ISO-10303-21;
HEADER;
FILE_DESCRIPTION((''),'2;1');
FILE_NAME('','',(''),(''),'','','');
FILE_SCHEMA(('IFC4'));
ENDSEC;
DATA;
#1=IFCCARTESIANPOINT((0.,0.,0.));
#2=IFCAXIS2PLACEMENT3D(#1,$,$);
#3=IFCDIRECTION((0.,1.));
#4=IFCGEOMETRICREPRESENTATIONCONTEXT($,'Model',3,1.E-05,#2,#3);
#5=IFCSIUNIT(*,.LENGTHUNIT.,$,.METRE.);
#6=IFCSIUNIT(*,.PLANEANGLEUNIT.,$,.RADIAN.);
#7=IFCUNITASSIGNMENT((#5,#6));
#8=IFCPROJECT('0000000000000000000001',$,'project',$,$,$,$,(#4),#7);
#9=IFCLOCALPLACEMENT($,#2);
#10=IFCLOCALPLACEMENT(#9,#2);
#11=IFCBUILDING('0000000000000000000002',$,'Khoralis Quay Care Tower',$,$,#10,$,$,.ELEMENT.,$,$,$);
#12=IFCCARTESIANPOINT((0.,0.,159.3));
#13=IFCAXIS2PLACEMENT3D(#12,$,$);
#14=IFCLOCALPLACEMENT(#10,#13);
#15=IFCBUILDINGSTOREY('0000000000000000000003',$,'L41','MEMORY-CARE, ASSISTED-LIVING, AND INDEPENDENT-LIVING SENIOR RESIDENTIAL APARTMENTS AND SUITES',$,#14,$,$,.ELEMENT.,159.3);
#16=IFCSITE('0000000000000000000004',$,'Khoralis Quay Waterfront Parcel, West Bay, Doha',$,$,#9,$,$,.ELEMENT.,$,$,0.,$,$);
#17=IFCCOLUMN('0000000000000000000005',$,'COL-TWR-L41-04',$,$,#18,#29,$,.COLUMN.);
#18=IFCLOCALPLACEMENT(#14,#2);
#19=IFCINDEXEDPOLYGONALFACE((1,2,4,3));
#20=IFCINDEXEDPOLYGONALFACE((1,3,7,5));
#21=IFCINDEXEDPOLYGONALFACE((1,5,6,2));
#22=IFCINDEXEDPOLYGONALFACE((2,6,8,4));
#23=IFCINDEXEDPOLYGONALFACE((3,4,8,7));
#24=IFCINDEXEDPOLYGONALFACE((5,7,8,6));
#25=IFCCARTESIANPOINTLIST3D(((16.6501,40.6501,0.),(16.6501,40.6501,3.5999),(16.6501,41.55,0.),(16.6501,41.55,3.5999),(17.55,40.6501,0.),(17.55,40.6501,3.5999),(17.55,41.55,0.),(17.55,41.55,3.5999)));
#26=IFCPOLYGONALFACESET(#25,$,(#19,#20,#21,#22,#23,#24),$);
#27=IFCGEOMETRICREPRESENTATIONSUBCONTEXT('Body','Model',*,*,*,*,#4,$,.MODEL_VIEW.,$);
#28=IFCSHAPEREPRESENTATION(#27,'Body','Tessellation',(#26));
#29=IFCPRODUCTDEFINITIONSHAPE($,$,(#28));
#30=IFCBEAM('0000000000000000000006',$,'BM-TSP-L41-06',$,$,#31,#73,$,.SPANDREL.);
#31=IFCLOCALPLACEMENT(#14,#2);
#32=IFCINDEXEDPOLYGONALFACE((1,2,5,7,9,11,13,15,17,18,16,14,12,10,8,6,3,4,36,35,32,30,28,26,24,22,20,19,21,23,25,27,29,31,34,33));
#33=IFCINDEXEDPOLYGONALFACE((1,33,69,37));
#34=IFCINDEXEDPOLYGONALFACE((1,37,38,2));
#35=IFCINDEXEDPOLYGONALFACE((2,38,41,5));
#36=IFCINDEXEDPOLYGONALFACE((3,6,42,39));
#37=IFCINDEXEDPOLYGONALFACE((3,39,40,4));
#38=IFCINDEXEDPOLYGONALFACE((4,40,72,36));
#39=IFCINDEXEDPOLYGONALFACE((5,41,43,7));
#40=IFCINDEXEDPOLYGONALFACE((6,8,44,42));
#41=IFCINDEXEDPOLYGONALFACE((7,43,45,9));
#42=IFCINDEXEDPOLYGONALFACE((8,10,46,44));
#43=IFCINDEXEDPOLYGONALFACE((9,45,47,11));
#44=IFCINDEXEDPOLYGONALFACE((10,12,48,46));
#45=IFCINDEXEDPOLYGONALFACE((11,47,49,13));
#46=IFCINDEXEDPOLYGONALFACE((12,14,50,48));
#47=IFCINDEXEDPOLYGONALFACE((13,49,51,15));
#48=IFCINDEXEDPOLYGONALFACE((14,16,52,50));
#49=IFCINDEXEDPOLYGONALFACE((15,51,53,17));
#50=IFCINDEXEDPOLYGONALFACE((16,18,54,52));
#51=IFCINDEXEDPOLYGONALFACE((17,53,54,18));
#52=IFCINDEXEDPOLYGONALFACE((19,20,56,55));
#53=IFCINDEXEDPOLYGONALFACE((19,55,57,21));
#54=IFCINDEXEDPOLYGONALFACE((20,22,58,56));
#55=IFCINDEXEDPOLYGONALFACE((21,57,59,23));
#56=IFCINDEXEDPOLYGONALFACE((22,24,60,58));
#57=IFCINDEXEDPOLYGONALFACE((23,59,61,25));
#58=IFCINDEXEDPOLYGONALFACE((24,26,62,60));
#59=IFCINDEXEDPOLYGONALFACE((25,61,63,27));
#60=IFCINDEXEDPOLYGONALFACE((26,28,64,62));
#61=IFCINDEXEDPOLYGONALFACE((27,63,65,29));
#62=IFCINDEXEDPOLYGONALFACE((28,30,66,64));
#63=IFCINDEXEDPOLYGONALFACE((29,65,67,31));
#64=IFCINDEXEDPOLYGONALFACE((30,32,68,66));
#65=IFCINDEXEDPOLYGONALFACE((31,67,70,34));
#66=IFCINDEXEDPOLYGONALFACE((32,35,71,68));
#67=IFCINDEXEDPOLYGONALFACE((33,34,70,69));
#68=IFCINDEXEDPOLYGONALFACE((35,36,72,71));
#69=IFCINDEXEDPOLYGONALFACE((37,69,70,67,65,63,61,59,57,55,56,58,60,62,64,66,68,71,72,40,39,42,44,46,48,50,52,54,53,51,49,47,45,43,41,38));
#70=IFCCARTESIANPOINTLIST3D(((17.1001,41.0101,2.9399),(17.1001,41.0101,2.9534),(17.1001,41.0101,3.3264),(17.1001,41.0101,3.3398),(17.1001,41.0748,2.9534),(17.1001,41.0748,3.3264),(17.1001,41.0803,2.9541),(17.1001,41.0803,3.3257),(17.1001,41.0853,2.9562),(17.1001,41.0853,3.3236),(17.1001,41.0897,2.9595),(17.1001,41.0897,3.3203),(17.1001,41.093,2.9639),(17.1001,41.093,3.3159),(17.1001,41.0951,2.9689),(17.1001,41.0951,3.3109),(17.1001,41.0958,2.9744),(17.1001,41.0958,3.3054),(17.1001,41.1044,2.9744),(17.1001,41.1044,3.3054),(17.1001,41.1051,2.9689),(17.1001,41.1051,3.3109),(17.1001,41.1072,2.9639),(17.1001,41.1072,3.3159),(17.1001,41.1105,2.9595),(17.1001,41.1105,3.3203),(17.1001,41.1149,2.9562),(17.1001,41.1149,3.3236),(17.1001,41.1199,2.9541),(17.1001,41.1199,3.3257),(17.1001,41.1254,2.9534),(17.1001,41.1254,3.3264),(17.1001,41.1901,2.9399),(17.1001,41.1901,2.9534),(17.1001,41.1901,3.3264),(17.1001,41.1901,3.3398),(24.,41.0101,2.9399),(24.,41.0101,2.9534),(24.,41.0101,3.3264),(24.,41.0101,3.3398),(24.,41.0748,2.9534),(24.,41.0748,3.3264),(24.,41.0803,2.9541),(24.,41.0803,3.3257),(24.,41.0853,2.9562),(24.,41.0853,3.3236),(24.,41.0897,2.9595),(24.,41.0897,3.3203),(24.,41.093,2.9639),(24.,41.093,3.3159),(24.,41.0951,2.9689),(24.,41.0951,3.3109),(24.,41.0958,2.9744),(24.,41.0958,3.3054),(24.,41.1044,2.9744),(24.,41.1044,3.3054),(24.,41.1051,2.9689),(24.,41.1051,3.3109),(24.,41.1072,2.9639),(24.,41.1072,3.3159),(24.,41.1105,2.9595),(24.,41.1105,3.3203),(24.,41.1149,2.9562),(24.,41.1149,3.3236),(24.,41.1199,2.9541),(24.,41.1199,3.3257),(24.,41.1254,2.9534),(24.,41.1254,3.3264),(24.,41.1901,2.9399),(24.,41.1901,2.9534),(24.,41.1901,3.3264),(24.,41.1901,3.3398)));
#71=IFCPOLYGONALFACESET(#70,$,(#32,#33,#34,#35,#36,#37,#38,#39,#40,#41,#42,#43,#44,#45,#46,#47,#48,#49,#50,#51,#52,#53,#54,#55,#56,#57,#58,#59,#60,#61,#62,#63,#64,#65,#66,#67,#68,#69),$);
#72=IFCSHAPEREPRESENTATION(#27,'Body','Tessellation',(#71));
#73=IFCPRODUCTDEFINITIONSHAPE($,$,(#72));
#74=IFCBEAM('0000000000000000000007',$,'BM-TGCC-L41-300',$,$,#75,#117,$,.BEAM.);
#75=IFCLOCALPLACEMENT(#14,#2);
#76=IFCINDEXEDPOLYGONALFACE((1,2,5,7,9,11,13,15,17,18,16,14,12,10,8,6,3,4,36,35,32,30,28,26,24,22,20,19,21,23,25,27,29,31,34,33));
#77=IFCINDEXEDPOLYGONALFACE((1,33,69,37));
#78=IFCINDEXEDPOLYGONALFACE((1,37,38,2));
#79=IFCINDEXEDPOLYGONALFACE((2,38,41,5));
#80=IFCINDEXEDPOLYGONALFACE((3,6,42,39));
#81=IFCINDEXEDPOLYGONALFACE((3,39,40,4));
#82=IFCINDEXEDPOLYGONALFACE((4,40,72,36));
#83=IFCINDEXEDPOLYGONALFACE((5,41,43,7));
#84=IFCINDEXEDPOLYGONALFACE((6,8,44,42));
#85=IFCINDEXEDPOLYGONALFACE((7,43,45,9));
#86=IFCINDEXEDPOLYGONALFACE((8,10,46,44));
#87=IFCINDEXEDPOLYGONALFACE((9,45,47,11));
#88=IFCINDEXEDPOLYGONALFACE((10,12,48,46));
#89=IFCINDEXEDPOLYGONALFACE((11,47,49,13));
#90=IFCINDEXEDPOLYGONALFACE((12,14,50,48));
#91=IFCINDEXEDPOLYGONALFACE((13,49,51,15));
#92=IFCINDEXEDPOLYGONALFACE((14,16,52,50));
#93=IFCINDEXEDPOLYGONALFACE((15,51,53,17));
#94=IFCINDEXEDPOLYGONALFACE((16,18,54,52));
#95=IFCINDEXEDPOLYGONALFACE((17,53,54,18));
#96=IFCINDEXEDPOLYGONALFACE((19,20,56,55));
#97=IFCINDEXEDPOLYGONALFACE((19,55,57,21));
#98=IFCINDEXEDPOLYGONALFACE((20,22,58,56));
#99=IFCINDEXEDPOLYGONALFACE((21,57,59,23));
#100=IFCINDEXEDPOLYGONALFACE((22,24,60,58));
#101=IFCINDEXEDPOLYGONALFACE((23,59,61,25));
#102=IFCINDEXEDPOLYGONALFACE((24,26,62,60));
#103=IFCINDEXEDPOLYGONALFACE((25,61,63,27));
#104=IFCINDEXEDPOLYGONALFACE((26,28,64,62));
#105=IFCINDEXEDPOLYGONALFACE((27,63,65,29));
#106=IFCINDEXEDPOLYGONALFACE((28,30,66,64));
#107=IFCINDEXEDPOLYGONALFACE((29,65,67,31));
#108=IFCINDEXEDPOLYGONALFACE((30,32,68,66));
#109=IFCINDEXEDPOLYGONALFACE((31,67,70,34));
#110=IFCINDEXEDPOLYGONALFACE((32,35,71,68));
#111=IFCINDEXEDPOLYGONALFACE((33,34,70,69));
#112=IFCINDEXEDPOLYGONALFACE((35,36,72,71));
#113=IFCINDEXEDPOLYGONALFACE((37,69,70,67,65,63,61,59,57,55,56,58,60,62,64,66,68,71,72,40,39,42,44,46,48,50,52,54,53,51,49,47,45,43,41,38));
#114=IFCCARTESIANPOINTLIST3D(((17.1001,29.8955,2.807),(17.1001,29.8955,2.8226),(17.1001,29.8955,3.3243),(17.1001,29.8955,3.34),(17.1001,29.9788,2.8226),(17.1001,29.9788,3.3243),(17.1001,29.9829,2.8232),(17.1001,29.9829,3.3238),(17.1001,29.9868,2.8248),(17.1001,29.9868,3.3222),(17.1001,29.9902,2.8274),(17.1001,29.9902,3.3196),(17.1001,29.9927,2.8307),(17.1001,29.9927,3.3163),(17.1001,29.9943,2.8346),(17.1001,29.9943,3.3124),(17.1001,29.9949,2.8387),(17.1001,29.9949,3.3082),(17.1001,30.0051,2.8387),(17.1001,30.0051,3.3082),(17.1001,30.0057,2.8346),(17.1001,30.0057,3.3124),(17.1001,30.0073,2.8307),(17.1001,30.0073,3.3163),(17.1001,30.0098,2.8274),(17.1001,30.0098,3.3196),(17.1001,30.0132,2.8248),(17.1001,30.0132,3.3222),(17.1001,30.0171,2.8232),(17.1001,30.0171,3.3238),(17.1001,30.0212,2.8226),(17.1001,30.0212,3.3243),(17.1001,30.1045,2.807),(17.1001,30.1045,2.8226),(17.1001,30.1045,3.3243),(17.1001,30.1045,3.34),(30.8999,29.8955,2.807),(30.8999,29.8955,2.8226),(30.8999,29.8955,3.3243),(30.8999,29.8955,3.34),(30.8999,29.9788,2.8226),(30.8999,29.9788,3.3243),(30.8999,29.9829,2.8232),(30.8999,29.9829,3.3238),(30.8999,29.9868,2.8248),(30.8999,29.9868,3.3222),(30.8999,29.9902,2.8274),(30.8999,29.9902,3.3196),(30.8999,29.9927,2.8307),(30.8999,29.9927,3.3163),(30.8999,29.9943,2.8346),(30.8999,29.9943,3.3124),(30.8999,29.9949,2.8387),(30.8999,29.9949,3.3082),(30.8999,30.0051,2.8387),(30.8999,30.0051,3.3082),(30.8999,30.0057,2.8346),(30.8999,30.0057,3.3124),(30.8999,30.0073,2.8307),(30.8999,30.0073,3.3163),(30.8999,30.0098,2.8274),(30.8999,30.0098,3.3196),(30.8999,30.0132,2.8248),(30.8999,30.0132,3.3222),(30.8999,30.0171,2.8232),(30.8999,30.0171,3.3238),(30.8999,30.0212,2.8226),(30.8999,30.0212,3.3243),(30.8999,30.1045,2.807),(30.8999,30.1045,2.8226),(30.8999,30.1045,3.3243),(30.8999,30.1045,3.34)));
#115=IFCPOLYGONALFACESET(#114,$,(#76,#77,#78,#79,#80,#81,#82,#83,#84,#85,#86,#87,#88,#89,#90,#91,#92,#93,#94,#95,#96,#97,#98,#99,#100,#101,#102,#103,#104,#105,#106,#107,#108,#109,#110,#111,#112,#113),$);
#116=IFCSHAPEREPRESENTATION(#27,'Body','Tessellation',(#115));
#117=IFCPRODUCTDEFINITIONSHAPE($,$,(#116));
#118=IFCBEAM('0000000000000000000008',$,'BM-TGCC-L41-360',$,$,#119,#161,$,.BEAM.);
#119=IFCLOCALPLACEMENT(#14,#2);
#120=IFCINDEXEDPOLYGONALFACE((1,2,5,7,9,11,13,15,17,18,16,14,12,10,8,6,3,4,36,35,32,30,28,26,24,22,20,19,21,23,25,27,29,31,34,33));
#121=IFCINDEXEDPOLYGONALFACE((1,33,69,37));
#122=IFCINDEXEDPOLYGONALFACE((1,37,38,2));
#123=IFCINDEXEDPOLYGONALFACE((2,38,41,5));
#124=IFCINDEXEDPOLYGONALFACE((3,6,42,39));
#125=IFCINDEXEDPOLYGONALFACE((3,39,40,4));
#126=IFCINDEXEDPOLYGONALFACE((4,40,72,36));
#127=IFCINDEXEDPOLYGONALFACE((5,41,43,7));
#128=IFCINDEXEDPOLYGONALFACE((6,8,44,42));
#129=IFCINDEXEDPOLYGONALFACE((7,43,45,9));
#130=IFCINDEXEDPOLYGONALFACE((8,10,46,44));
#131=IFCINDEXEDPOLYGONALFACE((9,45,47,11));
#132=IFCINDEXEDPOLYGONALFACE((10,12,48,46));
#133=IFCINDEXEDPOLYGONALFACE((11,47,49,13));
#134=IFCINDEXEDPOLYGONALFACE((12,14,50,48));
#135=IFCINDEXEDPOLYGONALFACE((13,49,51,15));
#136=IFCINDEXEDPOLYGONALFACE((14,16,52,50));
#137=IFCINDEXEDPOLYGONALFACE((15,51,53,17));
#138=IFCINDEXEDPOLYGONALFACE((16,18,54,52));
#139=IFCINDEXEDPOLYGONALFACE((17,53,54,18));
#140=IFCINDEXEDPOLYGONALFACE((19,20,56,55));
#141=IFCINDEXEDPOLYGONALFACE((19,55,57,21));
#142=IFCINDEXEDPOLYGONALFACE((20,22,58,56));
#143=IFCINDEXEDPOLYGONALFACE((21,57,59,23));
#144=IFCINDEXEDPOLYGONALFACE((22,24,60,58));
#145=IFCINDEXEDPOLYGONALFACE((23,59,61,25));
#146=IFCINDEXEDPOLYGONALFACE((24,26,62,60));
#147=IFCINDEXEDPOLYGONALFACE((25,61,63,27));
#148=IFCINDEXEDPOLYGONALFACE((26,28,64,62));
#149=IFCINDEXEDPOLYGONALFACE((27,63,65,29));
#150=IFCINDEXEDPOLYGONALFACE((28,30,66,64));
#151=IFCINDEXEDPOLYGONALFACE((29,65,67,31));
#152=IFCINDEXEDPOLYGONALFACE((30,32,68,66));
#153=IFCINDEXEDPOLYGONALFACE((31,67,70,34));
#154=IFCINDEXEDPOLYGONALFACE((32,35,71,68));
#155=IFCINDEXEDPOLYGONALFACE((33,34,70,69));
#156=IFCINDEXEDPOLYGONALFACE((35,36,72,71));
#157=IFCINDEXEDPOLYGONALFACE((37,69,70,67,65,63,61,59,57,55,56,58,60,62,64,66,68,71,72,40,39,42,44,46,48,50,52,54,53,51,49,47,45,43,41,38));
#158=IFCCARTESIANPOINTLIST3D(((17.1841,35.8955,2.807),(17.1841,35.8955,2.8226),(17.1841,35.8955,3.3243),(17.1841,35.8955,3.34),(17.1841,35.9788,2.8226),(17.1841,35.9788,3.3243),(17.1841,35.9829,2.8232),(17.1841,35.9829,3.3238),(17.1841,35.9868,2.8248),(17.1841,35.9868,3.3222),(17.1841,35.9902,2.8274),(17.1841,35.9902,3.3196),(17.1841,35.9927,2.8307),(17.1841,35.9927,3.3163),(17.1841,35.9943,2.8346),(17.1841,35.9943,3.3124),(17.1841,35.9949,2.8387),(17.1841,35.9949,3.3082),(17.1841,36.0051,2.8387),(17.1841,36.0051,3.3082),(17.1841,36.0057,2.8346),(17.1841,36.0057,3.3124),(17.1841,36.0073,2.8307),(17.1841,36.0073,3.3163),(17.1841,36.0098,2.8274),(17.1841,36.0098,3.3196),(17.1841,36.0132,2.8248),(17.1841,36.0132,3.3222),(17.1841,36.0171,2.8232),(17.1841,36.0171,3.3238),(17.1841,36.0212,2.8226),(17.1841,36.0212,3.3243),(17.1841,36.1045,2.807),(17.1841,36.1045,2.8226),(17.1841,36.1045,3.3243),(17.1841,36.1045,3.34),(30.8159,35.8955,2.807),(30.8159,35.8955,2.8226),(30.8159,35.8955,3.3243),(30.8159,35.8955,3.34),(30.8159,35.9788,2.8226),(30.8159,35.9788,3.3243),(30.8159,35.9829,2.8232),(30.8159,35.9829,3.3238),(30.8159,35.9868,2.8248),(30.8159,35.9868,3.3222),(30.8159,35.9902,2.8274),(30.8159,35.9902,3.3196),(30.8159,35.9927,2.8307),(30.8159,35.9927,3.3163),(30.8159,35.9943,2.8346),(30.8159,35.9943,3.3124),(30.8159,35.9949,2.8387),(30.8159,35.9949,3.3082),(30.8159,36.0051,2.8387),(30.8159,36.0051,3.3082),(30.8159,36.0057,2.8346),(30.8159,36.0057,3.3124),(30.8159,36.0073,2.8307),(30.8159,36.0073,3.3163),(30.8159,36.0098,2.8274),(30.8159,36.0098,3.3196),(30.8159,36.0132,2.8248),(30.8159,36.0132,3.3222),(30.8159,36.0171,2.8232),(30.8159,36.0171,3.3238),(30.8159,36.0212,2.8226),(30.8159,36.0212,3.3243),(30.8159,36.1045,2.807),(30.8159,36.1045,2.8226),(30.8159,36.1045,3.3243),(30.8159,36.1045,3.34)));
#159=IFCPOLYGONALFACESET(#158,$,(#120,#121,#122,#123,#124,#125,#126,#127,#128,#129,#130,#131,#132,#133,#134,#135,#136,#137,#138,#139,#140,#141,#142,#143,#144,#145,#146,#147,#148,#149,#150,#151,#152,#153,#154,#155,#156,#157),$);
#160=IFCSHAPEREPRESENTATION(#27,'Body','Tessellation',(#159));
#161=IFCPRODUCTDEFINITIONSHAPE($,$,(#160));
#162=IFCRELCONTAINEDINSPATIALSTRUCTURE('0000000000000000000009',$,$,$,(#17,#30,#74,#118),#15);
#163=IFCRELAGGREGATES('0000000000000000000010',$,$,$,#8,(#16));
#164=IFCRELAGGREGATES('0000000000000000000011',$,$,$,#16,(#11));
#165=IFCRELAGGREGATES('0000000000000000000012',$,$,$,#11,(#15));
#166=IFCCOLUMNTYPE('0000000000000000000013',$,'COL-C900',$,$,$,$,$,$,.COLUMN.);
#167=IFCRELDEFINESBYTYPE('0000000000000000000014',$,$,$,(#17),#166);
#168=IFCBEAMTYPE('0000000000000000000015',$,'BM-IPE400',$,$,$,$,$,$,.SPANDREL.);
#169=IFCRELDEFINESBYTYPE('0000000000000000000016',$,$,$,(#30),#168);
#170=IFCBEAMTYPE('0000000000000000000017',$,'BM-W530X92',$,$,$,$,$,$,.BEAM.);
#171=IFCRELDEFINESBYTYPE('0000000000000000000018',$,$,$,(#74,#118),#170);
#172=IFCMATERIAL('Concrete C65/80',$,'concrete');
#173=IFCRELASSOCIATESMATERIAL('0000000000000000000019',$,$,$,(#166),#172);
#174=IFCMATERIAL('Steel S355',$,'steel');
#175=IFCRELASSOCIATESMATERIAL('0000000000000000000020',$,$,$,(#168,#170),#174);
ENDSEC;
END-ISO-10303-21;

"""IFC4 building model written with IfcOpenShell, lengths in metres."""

from ifc_helpers import new_model, si_unit, direction, frame, origin, origin_2d, place, context, subcontext, project, spatial, rectangle, i_section, extrude, source, transform, mapped, material, material_profile, profile_set, type_object, element, save


model = new_model("IFC4")

# Units and contexts
model_context = context("Model", 3, precision=1e-05, world=origin(), true_north=direction((0.0, 1.0)))
body_context = subcontext(model_context, "Body", "Model", "MODEL_VIEW")
ifc_project = project(units=[si_unit("LENGTHUNIT", "METRE"), si_unit("PLANEANGLEUNIT", "RADIAN")], contexts=[model_context])

# Site, building, storey
site_placement = place(None, origin())
site = spatial("IfcSite", under=ifc_project, at=site_placement, Name="Khoralis Quay Waterfront Parcel, West Bay, Doha", CompositionType="ELEMENT", RefElevation=0.0)
building_placement = place(site_placement, origin())
building = spatial("IfcBuilding", under=site, at=building_placement, Name="Khoralis Quay Care Tower", CompositionType="ELEMENT")
storey_placement = place(building_placement, frame((0.0, 0.0, 159.3)))
storey = spatial("IfcBuildingStorey", under=building, at=storey_placement, Name="L41", Description="MEMORY-CARE, ASSISTED-LIVING, AND INDEPENDENT-LIVING SENIOR RESIDENTIAL APARTMENTS AND SUITES", CompositionType="ELEMENT", Elevation=159.3)

# Column
ifc_material_1 = material(Name="Concrete C65/80", Category="concrete")
ifc_material_profile_1 = material_profile(ifc_material_1, rectangle(XDim=0.8999, YDim=0.8999, at=origin_2d()), Name="Concrete C65/80")
ifc_profile_set_1 = profile_set([ifc_material_profile_1], Name="Concrete C65/80")
column_type = type_object("IfcColumnType", Name="COL-C900", PredefinedType="COLUMN", material=ifc_profile_set_1)
shared_shape_1 = source(origin(), body_context, "Body", "SweptSolid", [
    extrude(rectangle(XDim=0.8999, YDim=0.8999, at=origin_2d()), origin(), (0.0, 0.0, 1.0), 3.5999),
])
column_placement = place(storey_placement, frame((17.1001, 41.1001, 0.0), z_axis=(0.0, 0.0, 1.0), x_axis=(1.0, 0.0, 0.0)))
element("IfcColumn", 1, at=column_placement, inside=storey, type_object=column_type, Name="COL-TWR-L41-04", PredefinedType="COLUMN", context=body_context, shape_type="MappedRepresentation", body=[
    mapped(shared_shape_1, transform((0.0, 0.0, 0.0), scale=1.0)),
])

# Beams
ifc_material_2 = material(Name="Steel S355", Category="steel")
ifc_material_profile_2 = material_profile(ifc_material_2, i_section(OverallWidth=0.1799, OverallDepth=0.3999, WebThickness=0.0085, FlangeThickness=0.0134, FilletRadius=0.021, at=origin_2d()), Name="Steel S355")
ifc_profile_set_2 = profile_set([ifc_material_profile_2], Name="Steel S355")
beam_type_1 = type_object("IfcBeamType", Name="BM-IPE400", PredefinedType="SPANDREL", material=ifc_profile_set_2)
shared_shape_2 = source(origin(), body_context, "Body", "SweptSolid", [
    extrude(i_section(OverallWidth=0.1799, OverallDepth=0.3999, WebThickness=0.0085, FlangeThickness=0.0134, FilletRadius=0.021, at=origin_2d()), origin(), (0.0, 0.0, 1.0), 6.8999),
])
beam_1_placement = place(storey_placement, frame((17.1001, 41.1001, 3.1399), z_axis=(1.0, 0.0, 0.0), x_axis=(0.0, 1.0, 0.0)))
element("IfcBeam", 2, at=beam_1_placement, inside=storey, type_object=beam_type_1, Name="BM-TSP-L41-06", PredefinedType="SPANDREL", context=body_context, shape_type="MappedRepresentation", body=[
    mapped(shared_shape_2, transform((0.0, 0.0, 0.0), scale=1.0)),
])
ifc_material_profile_3 = material_profile(ifc_material_2, i_section(OverallWidth=0.209, OverallDepth=0.533, WebThickness=0.0103, FlangeThickness=0.0156, FilletRadius=0.0161, at=origin_2d()), Name="Steel S355")
ifc_profile_set_3 = profile_set([ifc_material_profile_3], Name="Steel S355")
beam_type_2 = type_object("IfcBeamType", Name="BM-W530X92", PredefinedType="BEAM", material=ifc_profile_set_3)
shared_shape_3 = source(origin(), body_context, "Body", "SweptSolid", [
    extrude(i_section(OverallWidth=0.209, OverallDepth=0.533, WebThickness=0.0103, FlangeThickness=0.0156, FilletRadius=0.0161, at=origin_2d()), origin(), (0.0, 0.0, 1.0), 13.7998),
])
beam_2_placement = place(storey_placement, frame((17.1001, 30.0, 3.0735), z_axis=(1.0, 0.0, 0.0), x_axis=(0.0, 1.0, 0.0)))
element("IfcBeam", 3, at=beam_2_placement, inside=storey, type_object=beam_type_2, Name="BM-TGCC-L41-300", PredefinedType="BEAM", context=body_context, shape_type="MappedRepresentation", body=[
    mapped(shared_shape_3, transform((0.0, 0.0, 0.0), scale=1.0)),
])
shared_shape_4 = source(origin(), body_context, "Body", "SweptSolid", [
    extrude(i_section(OverallWidth=0.209, OverallDepth=0.533, WebThickness=0.0103, FlangeThickness=0.0156, FilletRadius=0.0161, at=origin_2d()), origin(), (0.0, 0.0, 1.0), 13.6318),
])
beam_3_placement = place(storey_placement, frame((17.1841, 36.0, 3.0735), z_axis=(1.0, 0.0, 0.0), x_axis=(0.0, 1.0, 0.0)))
element("IfcBeam", 4, at=beam_3_placement, inside=storey, type_object=beam_type_2, Name="BM-TGCC-L41-360", PredefinedType="BEAM", context=body_context, shape_type="MappedRepresentation", body=[
    mapped(shared_shape_4, transform((0.0, 0.0, 0.0), scale=1.0)),
])

save(model, "model.ifc")
